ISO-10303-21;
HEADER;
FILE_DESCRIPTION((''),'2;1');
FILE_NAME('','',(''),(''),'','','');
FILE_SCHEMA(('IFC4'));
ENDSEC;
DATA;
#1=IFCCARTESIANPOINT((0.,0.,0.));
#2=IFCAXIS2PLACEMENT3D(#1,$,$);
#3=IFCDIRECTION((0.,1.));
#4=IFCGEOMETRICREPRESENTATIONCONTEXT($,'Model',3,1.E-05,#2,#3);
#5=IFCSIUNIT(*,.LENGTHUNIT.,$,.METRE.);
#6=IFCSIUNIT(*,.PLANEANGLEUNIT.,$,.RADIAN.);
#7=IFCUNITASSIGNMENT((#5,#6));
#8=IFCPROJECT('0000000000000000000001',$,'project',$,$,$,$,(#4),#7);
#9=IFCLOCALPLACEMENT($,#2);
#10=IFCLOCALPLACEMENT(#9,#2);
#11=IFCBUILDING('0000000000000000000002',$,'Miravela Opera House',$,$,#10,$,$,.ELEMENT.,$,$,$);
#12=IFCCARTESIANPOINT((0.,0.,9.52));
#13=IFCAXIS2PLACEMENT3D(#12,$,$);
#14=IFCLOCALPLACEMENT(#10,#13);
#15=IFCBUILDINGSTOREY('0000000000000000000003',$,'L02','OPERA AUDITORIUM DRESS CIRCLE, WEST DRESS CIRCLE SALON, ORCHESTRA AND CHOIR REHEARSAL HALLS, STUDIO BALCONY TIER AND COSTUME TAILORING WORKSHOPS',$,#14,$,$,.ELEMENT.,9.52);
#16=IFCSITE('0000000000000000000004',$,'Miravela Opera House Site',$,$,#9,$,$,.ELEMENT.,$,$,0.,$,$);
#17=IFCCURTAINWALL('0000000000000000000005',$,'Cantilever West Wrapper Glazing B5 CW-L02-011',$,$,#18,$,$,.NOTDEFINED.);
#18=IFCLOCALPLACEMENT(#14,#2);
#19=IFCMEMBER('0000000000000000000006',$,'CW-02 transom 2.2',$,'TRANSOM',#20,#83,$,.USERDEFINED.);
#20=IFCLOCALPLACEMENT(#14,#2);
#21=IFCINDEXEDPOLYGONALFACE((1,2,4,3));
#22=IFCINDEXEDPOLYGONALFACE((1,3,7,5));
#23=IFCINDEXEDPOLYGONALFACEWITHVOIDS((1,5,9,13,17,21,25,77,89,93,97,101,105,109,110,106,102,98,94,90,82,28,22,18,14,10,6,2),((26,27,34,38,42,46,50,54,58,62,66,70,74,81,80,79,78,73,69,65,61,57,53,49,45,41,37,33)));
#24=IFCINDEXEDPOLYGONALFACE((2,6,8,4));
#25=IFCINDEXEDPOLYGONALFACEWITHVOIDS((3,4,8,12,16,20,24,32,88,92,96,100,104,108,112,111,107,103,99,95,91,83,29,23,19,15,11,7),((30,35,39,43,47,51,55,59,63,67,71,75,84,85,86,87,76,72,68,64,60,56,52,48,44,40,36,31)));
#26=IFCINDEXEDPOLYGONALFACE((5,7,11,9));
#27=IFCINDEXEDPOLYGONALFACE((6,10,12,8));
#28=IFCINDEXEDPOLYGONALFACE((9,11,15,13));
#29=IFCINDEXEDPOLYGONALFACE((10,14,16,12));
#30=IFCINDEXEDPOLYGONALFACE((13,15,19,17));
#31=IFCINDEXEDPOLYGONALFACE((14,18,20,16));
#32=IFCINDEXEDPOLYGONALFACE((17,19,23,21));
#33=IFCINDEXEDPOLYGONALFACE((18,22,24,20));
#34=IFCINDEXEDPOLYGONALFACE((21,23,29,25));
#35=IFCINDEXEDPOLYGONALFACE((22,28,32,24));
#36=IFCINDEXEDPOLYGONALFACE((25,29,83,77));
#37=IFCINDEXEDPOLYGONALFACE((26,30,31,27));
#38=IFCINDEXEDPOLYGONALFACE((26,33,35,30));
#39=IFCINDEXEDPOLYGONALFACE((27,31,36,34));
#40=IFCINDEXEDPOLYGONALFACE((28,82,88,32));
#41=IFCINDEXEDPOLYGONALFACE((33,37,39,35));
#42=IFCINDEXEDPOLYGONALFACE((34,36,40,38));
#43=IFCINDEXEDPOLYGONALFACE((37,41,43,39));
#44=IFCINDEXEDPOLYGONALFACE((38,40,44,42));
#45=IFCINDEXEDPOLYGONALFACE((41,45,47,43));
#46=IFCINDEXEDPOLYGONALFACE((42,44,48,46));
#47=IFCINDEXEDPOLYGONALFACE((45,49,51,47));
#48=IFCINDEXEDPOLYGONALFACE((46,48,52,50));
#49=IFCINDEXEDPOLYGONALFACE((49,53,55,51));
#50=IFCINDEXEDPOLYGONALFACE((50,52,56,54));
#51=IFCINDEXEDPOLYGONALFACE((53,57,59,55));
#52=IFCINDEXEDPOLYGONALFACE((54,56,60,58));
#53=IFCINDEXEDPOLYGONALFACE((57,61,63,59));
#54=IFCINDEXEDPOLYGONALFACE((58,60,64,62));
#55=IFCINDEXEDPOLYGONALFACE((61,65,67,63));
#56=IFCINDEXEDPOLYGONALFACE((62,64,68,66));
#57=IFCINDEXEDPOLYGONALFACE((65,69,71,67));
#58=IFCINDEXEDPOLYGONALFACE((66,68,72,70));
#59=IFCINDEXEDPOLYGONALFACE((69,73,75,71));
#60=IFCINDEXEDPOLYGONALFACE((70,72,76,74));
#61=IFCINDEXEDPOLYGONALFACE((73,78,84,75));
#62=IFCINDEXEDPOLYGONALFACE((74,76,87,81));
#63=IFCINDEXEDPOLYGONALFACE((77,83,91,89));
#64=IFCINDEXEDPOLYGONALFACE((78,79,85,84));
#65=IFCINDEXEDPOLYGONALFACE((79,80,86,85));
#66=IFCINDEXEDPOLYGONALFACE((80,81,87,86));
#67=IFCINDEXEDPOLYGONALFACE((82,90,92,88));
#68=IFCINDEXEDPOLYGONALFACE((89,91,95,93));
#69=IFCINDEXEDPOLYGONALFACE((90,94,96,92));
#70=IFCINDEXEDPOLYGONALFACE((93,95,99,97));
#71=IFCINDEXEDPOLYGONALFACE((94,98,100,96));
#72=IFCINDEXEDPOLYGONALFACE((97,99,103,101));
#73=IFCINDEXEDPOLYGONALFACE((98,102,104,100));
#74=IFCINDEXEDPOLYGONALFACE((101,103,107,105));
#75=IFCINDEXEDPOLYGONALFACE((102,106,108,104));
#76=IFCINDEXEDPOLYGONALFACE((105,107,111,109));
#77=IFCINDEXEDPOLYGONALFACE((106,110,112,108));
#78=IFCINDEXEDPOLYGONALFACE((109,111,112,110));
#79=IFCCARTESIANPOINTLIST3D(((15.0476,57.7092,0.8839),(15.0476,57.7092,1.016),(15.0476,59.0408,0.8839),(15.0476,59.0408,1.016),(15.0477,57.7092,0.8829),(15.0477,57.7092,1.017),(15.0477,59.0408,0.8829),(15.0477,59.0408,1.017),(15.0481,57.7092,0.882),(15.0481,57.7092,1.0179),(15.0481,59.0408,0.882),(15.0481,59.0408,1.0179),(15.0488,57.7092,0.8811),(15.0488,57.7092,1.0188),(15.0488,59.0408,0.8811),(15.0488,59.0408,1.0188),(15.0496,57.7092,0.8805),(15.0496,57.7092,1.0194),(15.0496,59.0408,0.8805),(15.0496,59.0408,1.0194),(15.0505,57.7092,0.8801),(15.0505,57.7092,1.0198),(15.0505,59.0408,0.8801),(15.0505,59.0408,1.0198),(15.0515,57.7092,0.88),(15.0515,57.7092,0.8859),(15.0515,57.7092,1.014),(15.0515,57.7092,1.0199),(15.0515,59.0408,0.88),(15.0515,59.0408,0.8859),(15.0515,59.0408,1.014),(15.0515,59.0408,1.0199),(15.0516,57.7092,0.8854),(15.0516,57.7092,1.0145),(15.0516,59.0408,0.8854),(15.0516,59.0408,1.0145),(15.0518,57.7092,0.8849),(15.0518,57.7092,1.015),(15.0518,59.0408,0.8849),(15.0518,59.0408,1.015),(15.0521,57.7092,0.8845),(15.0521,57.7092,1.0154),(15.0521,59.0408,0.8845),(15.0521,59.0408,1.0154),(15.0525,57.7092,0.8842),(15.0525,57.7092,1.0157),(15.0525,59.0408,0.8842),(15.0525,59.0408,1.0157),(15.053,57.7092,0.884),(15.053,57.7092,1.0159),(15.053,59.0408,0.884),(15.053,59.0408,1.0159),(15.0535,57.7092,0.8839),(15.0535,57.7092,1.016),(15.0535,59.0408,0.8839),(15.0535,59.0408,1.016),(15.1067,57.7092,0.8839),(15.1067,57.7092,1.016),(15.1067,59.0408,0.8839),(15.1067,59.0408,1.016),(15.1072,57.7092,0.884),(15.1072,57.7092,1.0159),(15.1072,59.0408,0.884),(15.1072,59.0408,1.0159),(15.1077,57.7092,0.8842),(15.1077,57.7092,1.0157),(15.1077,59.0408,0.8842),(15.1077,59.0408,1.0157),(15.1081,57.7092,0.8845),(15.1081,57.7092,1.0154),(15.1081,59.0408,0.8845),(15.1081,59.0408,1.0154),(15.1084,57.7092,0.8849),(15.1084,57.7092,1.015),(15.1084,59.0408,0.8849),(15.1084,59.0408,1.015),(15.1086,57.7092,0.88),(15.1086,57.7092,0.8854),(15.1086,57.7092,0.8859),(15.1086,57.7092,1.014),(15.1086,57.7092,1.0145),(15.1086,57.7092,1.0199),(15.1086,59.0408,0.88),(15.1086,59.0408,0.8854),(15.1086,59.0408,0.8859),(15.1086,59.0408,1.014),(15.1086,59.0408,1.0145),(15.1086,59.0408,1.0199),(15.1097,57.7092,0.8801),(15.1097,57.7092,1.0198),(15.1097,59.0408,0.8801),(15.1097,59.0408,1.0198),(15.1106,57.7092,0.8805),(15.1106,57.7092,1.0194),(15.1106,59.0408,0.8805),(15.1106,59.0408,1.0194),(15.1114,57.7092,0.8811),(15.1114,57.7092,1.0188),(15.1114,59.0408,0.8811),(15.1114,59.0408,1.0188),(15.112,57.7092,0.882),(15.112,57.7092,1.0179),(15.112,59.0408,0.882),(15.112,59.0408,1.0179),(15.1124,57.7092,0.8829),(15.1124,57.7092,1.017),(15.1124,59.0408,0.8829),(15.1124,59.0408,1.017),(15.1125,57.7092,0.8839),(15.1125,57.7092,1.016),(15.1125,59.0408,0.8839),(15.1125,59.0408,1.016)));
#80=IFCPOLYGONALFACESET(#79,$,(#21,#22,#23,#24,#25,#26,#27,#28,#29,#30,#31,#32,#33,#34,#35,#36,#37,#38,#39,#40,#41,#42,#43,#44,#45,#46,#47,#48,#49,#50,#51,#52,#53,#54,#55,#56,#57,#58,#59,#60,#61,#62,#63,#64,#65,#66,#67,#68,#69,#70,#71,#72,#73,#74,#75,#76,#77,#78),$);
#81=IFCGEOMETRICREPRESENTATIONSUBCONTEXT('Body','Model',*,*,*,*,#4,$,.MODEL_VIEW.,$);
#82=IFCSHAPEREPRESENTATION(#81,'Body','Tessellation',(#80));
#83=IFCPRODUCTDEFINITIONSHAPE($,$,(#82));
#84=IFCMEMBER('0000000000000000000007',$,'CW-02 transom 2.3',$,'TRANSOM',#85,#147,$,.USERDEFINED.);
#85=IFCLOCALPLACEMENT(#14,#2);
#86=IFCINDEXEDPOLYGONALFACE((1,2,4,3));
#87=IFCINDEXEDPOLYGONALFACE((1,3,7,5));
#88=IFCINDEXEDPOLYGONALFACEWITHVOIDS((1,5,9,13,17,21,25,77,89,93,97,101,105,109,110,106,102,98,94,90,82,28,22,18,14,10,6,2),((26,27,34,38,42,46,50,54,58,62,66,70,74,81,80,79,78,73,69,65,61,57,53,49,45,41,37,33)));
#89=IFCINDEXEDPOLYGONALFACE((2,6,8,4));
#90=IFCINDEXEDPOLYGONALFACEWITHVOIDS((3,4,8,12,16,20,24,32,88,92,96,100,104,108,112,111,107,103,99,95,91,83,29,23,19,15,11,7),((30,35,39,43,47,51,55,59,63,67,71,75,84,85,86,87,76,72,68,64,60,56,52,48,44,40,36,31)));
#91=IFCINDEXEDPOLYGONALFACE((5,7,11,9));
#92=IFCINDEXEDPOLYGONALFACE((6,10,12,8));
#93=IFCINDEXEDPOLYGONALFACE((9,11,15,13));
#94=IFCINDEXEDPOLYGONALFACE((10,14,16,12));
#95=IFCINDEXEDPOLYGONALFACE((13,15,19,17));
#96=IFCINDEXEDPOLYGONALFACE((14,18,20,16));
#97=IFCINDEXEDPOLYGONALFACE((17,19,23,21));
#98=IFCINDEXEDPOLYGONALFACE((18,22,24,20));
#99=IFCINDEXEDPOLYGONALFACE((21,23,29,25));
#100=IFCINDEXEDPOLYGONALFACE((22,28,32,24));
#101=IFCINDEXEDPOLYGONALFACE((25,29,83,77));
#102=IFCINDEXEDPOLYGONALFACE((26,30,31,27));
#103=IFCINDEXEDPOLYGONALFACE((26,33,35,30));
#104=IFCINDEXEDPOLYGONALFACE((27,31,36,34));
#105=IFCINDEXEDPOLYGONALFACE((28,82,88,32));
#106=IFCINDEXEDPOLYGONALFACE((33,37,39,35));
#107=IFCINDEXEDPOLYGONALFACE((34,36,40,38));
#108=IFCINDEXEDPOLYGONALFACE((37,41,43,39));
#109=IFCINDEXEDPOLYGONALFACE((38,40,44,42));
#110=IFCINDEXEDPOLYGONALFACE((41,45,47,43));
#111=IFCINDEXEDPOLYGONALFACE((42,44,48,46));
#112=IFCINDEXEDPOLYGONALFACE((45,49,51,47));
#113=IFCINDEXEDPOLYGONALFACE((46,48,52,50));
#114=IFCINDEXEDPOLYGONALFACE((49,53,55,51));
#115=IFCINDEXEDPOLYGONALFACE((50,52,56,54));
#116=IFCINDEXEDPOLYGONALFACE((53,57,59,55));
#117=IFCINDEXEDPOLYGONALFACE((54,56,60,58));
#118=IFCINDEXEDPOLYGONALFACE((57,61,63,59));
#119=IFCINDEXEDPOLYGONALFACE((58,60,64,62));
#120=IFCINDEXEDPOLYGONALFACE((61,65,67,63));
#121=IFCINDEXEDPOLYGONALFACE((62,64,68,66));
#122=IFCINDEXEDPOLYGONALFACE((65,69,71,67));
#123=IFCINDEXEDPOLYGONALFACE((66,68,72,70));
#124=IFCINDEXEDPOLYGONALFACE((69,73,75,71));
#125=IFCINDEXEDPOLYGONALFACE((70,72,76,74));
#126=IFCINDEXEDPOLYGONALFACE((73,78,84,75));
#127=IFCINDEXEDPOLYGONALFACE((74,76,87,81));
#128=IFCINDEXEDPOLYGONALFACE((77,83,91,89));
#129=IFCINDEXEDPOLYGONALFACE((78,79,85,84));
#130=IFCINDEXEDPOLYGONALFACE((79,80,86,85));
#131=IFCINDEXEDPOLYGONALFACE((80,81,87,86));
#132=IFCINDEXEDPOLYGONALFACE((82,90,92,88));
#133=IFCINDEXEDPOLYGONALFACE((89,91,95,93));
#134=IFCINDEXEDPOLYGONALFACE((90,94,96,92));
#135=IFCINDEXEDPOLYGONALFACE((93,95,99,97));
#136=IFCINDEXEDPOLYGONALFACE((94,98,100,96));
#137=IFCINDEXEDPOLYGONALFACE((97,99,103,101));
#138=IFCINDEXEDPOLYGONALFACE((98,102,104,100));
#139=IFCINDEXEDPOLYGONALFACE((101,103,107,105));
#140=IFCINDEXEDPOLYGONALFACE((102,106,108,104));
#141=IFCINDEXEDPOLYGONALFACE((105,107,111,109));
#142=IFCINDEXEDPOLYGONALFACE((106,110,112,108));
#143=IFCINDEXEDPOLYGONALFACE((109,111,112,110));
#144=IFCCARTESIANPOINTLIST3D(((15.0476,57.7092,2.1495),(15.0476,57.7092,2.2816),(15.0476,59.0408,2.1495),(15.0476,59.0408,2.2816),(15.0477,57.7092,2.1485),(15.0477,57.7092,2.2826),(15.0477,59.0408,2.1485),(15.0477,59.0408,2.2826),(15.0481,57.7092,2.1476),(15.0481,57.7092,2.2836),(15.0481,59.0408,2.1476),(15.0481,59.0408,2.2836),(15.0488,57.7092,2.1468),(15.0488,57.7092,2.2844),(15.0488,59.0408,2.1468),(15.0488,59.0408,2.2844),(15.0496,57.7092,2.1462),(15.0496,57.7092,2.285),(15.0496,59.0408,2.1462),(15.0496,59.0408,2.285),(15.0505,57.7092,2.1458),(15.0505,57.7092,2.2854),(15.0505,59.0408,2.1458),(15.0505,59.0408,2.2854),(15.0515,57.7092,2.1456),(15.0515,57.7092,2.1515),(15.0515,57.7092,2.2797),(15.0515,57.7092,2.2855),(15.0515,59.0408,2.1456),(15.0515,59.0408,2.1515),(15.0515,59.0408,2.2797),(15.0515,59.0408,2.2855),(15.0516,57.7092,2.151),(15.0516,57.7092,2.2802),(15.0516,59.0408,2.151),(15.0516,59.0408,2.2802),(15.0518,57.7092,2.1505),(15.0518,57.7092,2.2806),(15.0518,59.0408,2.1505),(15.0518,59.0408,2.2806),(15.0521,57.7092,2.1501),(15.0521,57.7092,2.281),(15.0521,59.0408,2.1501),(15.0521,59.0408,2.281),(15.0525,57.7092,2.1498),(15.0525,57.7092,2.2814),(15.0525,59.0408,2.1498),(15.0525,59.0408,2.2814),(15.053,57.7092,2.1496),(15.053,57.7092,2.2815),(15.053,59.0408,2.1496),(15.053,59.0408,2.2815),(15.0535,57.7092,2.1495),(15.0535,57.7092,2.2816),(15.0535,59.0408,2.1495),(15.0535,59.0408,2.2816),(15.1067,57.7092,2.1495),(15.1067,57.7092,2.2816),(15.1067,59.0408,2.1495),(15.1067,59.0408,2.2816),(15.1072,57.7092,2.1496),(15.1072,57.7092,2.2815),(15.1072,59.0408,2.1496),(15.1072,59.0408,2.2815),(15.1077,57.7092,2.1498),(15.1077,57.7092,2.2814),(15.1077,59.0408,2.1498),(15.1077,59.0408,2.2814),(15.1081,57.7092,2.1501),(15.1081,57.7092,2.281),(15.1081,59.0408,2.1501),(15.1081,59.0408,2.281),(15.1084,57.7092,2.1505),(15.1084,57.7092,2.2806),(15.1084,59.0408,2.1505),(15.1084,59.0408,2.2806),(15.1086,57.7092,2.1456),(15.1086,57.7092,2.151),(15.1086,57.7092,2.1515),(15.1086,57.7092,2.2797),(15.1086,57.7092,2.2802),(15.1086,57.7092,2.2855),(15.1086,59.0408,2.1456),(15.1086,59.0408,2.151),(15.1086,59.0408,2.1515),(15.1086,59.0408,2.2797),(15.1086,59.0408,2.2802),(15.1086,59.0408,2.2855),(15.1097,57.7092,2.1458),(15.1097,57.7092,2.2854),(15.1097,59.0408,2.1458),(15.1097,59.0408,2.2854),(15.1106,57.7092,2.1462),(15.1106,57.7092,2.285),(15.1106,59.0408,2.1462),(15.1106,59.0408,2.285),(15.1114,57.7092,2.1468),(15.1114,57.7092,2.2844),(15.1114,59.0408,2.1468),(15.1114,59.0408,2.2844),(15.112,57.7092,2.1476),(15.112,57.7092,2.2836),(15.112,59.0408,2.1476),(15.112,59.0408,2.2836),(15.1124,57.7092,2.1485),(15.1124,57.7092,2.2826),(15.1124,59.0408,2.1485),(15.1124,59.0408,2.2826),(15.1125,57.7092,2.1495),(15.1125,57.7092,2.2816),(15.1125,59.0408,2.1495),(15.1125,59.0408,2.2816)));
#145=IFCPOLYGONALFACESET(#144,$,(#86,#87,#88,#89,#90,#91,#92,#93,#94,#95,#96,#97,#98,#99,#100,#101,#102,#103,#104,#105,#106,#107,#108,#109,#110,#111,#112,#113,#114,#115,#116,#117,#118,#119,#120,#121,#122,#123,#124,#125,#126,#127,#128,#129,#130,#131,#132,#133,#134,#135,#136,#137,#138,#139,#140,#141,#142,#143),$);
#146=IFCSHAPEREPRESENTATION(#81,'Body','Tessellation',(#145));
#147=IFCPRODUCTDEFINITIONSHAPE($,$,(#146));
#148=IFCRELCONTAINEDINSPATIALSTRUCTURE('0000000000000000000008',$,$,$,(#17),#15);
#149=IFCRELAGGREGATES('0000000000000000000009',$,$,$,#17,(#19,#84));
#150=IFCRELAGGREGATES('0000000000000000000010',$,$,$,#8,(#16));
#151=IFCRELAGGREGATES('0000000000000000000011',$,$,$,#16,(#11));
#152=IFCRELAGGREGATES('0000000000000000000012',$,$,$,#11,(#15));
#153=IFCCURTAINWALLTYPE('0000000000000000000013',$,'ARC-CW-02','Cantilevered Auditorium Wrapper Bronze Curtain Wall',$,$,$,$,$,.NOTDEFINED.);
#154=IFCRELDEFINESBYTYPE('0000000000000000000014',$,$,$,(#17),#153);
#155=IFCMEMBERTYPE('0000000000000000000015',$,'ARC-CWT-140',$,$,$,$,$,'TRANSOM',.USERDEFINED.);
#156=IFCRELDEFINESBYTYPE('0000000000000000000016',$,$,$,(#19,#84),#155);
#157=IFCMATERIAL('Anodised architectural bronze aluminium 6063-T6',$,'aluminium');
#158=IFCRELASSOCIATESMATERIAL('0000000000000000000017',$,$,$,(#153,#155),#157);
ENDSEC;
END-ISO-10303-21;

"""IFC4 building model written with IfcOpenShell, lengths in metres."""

from ifc_helpers import new_model, si_unit, direction, frame, origin, origin_2d, place, context, subcontext, project, spatial, hollow_rectangle, extrude, material, material_profile, profile_set, type_object, element, aggregate, save


model = new_model("IFC4")

# Units and contexts
model_context = context("Model", 3, precision=1e-05, world=origin(), true_north=direction((0.0, 1.0)))
body_context = subcontext(model_context, "Body", "Model", "MODEL_VIEW")
ifc_project = project(units=[si_unit("LENGTHUNIT", "METRE"), si_unit("PLANEANGLEUNIT", "RADIAN")], contexts=[model_context])

# Site, building, storey
site_placement = place(None, origin())
site = spatial("IfcSite", under=ifc_project, at=site_placement, Name="Miravela Opera House Site", CompositionType="ELEMENT", RefElevation=0.0)
building_placement = place(site_placement, origin())
building = spatial("IfcBuilding", under=site, at=building_placement, Name="Miravela Opera House", CompositionType="ELEMENT")
storey_placement = place(building_placement, frame((0.0, 0.0, 9.52)))
storey = spatial("IfcBuildingStorey", under=building, at=storey_placement, Name="L02", Description="OPERA AUDITORIUM DRESS CIRCLE, WEST DRESS CIRCLE SALON, ORCHESTRA AND CHOIR REHEARSAL HALLS, STUDIO BALCONY TIER AND COSTUME TAILORING WORKSHOPS", CompositionType="ELEMENT", Elevation=9.52)

# Curtain wall, members
ifc_material_1 = material(Name="Anodised architectural bronze aluminium 6063-T6", Category="aluminium")
curtain_wall_type = type_object("IfcCurtainWallType", Name="ARC-CW-02", Description="Cantilevered Auditorium Wrapper Bronze Curtain Wall", PredefinedType="NOTDEFINED", material=ifc_material_1)
curtain_wall_placement = place(storey_placement, origin())
curtain_wall = element("IfcCurtainWall", 1, at=curtain_wall_placement, inside=storey, type_object=curtain_wall_type, Name="Cantilever West Wrapper Glazing B5 CW-L02-011", PredefinedType="NOTDEFINED")
ifc_material_profile_1 = material_profile(ifc_material_1, hollow_rectangle(XDim=0.0649, YDim=0.1399, WallThickness=0.0039, InnerFilletRadius=0.002, OuterFilletRadius=0.0039, at=origin_2d()), Name="CWT-65X140")
ifc_profile_set_1 = profile_set([ifc_material_profile_1])
member_type_1 = type_object("IfcMemberType", Name="ARC-CWT-140", ElementType="TRANSOM", PredefinedType="USERDEFINED", material=ifc_profile_set_1)
member_1_placement = place(storey_placement, frame((15.0801, 57.7092, 0.95), z_axis=(0.0, 1.0, 0.0), x_axis=(-1.0, 0.0, 0.0)))
member_1 = element("IfcMember", 2, at=member_1_placement, type_object=member_type_1, Name="CW-02 transom 2.2", ObjectType="TRANSOM", PredefinedType="USERDEFINED", context=body_context, shape_type="SweptSolid", body=[
    extrude(hollow_rectangle(XDim=0.0649, YDim=0.1399, WallThickness=0.0039, InnerFilletRadius=0.002, OuterFilletRadius=0.0039, at=origin_2d()), origin(), (0.0, 0.0, 1.0), 1.3315),
])
member_2_placement = place(storey_placement, frame((15.0801, 57.7092, 2.2156), z_axis=(0.0, 1.0, 0.0), x_axis=(-1.0, 0.0, 0.0)))
member_2 = element("IfcMember", 3, at=member_2_placement, type_object=member_type_1, Name="CW-02 transom 2.3", ObjectType="TRANSOM", PredefinedType="USERDEFINED", context=body_context, shape_type="SweptSolid", body=[
    extrude(hollow_rectangle(XDim=0.0649, YDim=0.1399, WallThickness=0.0039, InnerFilletRadius=0.002, OuterFilletRadius=0.0039, at=origin_2d()), origin(), (0.0, 0.0, 1.0), 1.3315),
])

aggregate(curtain_wall, [member_1, member_2])

save(model, "model.ifc")
